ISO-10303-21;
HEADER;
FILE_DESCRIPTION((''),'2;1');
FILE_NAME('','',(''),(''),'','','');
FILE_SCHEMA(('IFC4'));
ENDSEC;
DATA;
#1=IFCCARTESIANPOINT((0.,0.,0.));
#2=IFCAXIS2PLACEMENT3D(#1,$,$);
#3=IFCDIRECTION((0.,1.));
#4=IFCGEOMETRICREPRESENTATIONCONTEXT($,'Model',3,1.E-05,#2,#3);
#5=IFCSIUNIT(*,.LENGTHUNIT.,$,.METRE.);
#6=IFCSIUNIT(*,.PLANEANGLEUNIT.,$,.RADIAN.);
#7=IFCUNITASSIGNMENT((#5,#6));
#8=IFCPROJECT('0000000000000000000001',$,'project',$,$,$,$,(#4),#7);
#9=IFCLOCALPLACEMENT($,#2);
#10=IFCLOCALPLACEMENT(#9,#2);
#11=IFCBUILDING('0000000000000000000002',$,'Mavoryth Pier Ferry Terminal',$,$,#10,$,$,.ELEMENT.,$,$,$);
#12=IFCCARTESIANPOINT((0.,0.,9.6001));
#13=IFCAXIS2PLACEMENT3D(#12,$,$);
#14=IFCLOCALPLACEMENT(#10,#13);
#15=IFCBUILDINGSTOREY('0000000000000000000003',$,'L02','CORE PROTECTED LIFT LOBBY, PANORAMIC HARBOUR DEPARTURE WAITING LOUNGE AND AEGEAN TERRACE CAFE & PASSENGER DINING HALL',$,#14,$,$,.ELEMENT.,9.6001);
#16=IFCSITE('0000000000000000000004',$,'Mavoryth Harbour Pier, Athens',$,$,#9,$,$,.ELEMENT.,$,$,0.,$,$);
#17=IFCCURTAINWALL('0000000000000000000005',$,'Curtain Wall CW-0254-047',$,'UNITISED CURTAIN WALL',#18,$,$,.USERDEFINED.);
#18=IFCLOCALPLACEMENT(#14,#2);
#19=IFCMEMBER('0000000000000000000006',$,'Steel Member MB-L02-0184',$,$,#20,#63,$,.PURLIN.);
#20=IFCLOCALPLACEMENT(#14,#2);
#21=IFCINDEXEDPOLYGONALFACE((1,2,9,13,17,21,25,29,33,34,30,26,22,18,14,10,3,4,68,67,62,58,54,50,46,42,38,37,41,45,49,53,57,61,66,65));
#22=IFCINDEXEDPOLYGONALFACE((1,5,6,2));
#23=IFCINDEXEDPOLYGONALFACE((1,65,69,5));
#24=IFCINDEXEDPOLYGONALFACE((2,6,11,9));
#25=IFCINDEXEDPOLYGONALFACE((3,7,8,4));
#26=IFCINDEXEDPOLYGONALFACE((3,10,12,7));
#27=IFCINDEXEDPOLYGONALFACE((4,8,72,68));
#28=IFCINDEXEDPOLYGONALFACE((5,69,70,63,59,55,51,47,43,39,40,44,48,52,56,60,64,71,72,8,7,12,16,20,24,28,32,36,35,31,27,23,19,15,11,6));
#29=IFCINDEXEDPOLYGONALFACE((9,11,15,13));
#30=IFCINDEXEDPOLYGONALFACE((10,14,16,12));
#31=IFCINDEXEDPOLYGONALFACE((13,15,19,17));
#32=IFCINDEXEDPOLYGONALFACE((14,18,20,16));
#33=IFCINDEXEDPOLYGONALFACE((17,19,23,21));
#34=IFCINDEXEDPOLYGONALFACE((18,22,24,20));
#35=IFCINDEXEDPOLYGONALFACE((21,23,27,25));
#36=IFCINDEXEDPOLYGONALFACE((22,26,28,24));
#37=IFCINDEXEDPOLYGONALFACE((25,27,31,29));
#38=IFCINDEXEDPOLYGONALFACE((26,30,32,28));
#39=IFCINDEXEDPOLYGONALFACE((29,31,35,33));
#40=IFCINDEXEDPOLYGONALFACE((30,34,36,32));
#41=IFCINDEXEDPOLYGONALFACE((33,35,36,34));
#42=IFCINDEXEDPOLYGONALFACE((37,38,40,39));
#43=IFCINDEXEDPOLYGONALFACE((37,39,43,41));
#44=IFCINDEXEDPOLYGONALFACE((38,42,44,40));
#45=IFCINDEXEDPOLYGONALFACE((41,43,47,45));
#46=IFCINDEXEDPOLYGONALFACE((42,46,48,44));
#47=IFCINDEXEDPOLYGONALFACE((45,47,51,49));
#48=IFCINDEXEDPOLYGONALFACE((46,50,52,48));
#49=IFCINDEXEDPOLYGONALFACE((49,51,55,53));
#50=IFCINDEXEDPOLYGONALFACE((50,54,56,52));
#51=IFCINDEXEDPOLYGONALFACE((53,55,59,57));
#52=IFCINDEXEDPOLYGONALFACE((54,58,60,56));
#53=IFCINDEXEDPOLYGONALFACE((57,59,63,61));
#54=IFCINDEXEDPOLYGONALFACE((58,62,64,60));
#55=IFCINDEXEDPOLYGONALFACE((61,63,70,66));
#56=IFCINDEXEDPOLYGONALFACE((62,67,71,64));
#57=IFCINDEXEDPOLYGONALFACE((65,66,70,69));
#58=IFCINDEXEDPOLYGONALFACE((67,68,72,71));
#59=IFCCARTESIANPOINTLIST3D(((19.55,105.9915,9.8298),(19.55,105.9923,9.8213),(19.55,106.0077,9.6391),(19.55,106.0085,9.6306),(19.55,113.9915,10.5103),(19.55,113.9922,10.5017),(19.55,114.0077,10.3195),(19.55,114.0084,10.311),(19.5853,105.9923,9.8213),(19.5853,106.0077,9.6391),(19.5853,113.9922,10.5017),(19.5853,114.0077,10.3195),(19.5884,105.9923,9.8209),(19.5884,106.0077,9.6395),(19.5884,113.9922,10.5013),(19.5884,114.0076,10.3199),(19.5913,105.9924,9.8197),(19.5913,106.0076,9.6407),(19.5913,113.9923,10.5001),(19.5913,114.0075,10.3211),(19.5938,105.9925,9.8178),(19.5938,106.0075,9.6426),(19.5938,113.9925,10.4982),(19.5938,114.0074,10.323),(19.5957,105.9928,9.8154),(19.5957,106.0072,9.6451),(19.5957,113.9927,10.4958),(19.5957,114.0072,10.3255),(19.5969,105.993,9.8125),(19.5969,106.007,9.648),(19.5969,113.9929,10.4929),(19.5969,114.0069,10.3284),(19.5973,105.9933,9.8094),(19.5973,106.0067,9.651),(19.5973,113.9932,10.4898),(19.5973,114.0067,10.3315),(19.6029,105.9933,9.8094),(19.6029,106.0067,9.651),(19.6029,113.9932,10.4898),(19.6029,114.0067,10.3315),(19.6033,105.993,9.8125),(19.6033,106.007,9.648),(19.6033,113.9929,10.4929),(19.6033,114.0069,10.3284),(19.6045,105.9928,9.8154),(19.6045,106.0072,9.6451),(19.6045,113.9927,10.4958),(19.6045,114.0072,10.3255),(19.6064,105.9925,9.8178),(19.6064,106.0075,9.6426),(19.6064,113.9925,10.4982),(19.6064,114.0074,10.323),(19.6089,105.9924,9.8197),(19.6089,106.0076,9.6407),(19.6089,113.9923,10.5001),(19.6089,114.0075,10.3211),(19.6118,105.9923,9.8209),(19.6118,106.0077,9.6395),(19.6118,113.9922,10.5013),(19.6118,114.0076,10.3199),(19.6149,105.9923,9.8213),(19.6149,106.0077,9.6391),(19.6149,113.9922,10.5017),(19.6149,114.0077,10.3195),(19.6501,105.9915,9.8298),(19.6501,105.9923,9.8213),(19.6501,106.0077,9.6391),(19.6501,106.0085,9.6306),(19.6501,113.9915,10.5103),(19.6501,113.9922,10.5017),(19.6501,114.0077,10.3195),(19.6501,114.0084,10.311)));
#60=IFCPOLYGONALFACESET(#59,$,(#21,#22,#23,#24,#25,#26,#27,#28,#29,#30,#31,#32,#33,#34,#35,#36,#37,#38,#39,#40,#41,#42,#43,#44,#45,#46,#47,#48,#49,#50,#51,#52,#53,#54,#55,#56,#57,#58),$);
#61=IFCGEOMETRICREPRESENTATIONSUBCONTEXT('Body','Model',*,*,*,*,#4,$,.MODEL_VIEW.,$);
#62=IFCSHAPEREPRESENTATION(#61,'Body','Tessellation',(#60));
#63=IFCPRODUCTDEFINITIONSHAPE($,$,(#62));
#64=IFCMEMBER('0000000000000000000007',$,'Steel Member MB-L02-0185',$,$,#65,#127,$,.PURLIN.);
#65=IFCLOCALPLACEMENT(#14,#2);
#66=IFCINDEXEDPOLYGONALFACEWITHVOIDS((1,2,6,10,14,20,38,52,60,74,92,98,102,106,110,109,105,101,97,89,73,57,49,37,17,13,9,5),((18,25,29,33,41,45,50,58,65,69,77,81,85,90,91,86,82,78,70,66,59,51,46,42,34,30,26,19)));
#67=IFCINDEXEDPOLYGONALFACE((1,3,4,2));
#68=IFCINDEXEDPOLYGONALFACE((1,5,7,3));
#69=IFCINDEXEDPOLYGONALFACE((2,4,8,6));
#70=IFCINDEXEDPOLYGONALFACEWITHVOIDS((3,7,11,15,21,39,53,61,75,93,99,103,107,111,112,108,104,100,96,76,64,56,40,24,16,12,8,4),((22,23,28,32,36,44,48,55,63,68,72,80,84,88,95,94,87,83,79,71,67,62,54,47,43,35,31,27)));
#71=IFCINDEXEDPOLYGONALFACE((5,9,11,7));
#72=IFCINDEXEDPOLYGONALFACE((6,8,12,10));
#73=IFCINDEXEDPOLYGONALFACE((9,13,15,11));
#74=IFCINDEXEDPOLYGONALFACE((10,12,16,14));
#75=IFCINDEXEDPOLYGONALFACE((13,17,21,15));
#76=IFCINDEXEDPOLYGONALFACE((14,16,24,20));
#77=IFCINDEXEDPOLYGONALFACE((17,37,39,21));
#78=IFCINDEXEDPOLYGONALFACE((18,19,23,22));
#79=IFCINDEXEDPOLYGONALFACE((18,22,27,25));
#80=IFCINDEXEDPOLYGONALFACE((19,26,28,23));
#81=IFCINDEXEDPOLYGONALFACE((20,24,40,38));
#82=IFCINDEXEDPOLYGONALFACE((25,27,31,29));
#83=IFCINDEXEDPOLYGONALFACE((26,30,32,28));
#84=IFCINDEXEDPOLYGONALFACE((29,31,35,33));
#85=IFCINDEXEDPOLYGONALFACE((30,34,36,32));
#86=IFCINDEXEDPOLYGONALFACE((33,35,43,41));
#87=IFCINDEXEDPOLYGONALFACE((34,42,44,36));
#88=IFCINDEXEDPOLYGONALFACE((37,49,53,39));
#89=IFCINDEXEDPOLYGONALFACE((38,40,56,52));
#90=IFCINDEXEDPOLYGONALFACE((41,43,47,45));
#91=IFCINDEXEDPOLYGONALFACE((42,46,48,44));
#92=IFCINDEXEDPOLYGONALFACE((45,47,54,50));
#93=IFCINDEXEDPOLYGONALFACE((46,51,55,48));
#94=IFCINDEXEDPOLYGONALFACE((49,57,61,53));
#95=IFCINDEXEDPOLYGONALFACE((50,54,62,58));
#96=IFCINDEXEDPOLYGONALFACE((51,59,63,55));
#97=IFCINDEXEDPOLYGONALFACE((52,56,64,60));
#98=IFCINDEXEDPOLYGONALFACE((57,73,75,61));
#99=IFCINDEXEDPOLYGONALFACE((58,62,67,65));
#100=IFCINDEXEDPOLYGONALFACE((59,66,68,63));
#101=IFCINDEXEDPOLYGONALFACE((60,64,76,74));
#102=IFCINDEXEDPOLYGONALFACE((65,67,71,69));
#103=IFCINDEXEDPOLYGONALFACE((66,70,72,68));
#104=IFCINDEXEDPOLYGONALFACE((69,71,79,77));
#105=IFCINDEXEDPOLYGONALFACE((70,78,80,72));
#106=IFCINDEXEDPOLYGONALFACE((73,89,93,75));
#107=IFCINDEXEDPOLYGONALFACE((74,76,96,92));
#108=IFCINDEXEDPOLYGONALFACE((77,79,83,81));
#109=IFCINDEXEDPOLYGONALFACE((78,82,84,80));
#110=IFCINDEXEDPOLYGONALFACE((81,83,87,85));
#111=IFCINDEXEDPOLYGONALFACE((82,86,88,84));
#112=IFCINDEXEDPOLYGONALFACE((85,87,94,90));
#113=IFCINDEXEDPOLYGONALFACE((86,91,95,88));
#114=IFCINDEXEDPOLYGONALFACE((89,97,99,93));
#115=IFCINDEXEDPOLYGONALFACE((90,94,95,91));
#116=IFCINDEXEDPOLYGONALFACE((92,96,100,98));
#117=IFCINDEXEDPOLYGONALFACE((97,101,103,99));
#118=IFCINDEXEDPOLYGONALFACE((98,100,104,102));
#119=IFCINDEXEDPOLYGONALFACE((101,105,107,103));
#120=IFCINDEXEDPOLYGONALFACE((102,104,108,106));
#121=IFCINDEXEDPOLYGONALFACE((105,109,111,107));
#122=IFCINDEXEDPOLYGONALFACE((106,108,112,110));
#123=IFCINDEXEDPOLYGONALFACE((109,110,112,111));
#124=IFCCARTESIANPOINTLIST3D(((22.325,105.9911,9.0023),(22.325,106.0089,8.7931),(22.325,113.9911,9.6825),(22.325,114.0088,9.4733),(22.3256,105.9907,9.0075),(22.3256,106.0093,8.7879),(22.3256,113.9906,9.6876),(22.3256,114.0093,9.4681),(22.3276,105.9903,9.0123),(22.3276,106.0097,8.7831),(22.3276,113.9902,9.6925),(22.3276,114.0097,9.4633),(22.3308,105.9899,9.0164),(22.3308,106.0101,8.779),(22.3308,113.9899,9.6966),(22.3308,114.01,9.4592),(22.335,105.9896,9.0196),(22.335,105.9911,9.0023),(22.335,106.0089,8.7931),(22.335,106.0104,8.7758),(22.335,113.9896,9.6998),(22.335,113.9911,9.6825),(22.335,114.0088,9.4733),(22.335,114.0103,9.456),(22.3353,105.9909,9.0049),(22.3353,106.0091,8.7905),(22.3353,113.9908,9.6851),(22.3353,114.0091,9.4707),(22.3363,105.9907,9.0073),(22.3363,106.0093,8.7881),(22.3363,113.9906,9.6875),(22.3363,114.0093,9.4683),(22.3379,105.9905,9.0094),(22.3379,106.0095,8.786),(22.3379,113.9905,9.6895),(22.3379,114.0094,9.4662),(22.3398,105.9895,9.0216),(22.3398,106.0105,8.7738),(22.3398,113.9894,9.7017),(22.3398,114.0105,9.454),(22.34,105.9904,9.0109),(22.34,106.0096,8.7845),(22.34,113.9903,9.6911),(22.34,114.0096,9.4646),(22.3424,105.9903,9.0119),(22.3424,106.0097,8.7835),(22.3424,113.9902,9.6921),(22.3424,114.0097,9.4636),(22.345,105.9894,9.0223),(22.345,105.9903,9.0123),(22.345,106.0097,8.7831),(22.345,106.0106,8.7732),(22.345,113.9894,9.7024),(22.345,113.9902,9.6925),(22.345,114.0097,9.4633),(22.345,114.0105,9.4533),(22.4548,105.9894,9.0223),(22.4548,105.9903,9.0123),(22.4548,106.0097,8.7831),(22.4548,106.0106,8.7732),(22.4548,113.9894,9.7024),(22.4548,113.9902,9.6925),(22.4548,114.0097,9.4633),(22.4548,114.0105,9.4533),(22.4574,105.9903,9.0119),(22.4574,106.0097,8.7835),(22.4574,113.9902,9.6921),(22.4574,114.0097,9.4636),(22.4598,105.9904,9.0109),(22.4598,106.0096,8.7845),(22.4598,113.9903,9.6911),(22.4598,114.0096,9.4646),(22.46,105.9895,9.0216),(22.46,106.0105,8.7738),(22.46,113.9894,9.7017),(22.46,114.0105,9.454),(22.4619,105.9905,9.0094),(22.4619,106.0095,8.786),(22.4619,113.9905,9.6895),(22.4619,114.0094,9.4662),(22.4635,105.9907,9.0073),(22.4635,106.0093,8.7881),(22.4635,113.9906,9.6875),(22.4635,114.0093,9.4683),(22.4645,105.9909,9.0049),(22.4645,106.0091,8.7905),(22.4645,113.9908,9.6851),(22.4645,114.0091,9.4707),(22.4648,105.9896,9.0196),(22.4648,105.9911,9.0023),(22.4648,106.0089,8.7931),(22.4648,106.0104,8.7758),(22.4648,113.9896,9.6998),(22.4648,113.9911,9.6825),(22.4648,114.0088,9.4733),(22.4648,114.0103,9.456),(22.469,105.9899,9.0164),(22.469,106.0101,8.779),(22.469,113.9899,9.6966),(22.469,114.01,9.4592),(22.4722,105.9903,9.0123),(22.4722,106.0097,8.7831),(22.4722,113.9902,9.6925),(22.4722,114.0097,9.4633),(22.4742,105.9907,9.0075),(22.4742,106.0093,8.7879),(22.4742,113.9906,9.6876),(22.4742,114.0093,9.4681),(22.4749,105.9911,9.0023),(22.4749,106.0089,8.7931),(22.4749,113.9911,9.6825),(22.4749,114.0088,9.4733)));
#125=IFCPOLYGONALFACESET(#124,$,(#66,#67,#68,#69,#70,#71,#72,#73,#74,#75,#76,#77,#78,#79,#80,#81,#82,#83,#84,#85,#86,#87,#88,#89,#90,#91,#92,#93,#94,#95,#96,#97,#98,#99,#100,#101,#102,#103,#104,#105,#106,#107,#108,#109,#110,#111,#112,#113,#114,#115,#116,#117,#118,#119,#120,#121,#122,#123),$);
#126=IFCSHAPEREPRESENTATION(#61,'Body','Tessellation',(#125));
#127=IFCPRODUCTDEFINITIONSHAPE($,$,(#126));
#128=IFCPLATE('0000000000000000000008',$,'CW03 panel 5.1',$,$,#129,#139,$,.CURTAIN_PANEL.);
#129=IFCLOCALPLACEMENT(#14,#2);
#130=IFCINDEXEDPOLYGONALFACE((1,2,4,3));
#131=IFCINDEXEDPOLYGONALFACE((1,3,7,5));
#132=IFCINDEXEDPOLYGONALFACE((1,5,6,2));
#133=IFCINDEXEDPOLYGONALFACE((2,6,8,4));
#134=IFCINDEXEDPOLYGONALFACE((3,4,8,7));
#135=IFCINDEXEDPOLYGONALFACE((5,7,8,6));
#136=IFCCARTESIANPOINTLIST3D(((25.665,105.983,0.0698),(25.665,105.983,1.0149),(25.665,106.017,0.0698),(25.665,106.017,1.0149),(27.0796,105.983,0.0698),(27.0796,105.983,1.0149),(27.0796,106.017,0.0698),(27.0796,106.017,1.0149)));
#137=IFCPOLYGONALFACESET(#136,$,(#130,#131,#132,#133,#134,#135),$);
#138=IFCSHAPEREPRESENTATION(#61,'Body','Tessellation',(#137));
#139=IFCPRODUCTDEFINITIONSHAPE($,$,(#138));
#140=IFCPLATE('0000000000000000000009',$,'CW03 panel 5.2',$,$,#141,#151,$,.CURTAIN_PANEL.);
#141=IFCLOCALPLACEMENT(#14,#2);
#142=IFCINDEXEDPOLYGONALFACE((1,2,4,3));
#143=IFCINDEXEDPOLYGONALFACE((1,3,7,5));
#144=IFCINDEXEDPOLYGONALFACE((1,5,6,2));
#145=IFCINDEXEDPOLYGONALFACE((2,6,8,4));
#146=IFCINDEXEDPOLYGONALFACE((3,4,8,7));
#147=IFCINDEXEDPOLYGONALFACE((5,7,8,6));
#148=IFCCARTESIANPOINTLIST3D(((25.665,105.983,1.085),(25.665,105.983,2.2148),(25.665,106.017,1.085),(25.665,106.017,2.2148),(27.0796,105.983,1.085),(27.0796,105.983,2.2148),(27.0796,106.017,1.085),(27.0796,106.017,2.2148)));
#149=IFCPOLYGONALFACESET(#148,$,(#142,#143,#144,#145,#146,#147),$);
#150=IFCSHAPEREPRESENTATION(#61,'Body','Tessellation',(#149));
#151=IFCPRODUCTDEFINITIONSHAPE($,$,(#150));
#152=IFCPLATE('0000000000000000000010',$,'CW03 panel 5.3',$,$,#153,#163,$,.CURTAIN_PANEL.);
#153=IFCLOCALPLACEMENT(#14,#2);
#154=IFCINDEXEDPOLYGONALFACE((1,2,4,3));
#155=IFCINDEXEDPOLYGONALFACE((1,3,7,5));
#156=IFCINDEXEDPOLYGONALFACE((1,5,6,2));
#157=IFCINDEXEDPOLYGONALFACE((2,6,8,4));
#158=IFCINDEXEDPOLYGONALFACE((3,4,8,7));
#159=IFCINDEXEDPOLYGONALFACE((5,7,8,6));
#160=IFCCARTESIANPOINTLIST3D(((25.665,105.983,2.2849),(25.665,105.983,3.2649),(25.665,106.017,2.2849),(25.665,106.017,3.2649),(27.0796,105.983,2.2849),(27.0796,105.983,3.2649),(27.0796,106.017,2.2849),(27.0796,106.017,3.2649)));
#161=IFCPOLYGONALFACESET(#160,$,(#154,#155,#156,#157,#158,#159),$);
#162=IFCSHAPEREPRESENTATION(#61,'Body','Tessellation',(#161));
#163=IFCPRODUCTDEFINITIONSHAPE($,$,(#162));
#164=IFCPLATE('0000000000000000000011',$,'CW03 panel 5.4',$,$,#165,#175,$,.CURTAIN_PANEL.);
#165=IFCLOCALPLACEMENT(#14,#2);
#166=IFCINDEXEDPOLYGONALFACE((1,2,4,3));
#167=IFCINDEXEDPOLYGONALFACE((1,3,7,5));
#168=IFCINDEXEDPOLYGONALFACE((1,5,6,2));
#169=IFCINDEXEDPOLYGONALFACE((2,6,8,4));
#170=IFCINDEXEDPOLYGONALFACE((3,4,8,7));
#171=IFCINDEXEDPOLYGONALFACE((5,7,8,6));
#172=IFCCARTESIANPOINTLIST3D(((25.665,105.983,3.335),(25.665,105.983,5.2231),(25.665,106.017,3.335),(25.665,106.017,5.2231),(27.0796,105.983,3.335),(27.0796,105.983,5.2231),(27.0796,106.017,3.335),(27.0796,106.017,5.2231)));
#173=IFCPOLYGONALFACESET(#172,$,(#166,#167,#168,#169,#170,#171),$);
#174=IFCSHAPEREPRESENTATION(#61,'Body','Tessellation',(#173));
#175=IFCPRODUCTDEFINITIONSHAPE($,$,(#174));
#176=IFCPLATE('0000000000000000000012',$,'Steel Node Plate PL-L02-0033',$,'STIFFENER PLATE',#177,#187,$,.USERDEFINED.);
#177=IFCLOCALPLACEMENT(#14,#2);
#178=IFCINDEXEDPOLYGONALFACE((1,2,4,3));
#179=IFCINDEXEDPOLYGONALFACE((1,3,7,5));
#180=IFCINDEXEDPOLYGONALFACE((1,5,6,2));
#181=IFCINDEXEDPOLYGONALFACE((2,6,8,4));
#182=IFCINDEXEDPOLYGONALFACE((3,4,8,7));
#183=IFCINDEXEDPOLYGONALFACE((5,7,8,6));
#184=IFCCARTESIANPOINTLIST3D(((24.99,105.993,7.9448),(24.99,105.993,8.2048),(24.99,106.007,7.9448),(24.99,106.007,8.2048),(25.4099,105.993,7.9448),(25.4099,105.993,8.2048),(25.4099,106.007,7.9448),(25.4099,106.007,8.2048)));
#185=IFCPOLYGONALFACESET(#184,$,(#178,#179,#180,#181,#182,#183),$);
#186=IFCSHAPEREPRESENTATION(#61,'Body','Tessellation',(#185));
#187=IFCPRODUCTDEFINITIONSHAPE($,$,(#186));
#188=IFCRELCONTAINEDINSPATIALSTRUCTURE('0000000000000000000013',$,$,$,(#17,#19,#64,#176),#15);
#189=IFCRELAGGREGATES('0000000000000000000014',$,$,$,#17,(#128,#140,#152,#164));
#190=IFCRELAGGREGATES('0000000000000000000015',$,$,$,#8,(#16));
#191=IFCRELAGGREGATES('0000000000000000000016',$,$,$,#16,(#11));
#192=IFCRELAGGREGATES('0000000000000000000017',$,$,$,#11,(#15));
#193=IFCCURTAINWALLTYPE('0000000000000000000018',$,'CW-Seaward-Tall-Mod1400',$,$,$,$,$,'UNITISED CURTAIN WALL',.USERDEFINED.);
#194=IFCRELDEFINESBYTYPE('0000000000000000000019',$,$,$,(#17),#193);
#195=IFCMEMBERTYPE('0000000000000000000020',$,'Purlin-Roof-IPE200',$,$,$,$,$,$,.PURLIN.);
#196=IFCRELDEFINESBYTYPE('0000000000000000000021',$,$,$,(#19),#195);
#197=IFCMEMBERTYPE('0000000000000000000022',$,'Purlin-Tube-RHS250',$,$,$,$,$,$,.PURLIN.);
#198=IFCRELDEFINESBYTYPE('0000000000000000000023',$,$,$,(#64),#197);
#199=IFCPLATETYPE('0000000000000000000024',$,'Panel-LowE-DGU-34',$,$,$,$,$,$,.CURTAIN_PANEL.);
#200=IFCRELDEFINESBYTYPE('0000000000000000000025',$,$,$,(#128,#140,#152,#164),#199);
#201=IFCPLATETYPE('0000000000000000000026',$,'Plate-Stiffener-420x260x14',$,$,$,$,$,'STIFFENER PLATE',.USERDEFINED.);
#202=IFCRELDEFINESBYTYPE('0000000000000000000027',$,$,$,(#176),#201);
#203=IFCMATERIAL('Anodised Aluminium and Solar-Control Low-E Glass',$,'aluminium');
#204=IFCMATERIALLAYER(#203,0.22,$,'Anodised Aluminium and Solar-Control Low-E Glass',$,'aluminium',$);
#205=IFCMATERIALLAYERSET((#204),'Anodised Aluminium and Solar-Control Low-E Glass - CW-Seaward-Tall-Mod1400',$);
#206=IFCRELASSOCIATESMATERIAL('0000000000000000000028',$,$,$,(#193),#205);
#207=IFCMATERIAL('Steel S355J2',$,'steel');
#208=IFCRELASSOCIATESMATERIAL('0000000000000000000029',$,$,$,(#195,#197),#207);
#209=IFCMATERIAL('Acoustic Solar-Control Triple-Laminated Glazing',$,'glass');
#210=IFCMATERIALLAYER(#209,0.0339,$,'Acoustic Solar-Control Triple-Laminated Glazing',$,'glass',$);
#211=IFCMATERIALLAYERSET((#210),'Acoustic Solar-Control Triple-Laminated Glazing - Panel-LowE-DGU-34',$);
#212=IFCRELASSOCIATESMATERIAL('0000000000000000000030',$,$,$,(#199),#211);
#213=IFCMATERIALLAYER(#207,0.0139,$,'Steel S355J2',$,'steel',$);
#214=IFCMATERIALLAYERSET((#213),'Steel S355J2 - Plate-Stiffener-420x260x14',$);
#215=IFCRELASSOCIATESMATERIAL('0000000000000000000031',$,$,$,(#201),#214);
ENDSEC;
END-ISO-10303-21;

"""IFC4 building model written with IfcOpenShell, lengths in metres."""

from ifc_helpers import new_model, si_unit, direction, frame, origin, origin_2d, place, context, subcontext, project, spatial, rectangle, hollow_rectangle, i_section, extrude, material, layer, layer_set, material_profile, profile_set, type_object, element, aggregate, save


model = new_model("IFC4")

# Units and contexts
model_context = context("Model", 3, precision=1e-05, world=origin(), true_north=direction((0.0, 1.0)))
body_context = subcontext(model_context, "Body", "Model", "MODEL_VIEW")
ifc_project = project(units=[si_unit("LENGTHUNIT", "METRE"), si_unit("PLANEANGLEUNIT", "RADIAN")], contexts=[model_context])

# Site, building, storey
site_placement = place(None, origin())
site = spatial("IfcSite", under=ifc_project, at=site_placement, Name="Mavoryth Harbour Pier, Athens", CompositionType="ELEMENT", RefElevation=0.0)
building_placement = place(site_placement, origin())
building = spatial("IfcBuilding", under=site, at=building_placement, Name="Mavoryth Pier Ferry Terminal", CompositionType="ELEMENT")
storey_placement = place(building_placement, frame((0.0, 0.0, 9.6001)))
storey = spatial("IfcBuildingStorey", under=building, at=storey_placement, Name="L02", Description="CORE PROTECTED LIFT LOBBY, PANORAMIC HARBOUR DEPARTURE WAITING LOUNGE AND AEGEAN TERRACE CAFE & PASSENGER DINING HALL", CompositionType="ELEMENT", Elevation=9.6001)

# Shared definitions
ifc_material_1 = material(Name="Steel S355J2", Category="steel")

# Curtain wall
ifc_material_2 = material(Name="Anodised Aluminium and Solar-Control Low-E Glass", Category="aluminium")
ifc_layer_1 = layer(ifc_material_2, 0.22, Name="Anodised Aluminium and Solar-Control Low-E Glass", Category="aluminium")
ifc_layer_set_1 = layer_set([ifc_layer_1], Name="Anodised Aluminium and Solar-Control Low-E Glass - CW-Seaward-Tall-Mod1400")
curtain_wall_type = type_object("IfcCurtainWallType", Name="CW-Seaward-Tall-Mod1400", ElementType="UNITISED CURTAIN WALL", PredefinedType="USERDEFINED", material=ifc_layer_set_1)
curtain_wall_placement = place(storey_placement, origin())
curtain_wall = element("IfcCurtainWall", 1, at=curtain_wall_placement, inside=storey, type_object=curtain_wall_type, Name="Curtain Wall CW-0254-047", ObjectType="UNITISED CURTAIN WALL", PredefinedType="USERDEFINED")

# Members
ifc_material_profile_1 = material_profile(ifc_material_1, i_section(OverallWidth=0.1001, OverallDepth=0.2, WebThickness=0.0056, FlangeThickness=0.0085, FilletRadius=0.012, at=origin_2d()), Name="IPE 200", Category="steel")
ifc_profile_set_1 = profile_set([ifc_material_profile_1], Name="Steel S355J2 - IPE 200")
member_type_1 = type_object("IfcMemberType", Name="Purlin-Roof-IPE200", PredefinedType="PURLIN", material=ifc_profile_set_1)
member_1_placement = place(storey_placement, frame((19.6001, 106.0, 9.7302), z_axis=(0.0, 0.996403, 0.084747), x_axis=(-1.0, 0.0, 0.0)))
element("IfcMember", 2, at=member_1_placement, inside=storey, type_object=member_type_1, Name="Steel Member MB-L02-0184", PredefinedType="PURLIN", context=body_context, shape_type="SweptSolid", body=[
    extrude(i_section(OverallWidth=0.1001, OverallDepth=0.2, WebThickness=0.0056, FlangeThickness=0.0085, FilletRadius=0.012, at=origin_2d()), origin(), (0.0, 0.0, 1.0), 8.0288),
])
ifc_material_profile_2 = material_profile(ifc_material_1, hollow_rectangle(XDim=0.1499, YDim=0.25, WallThickness=0.01, InnerFilletRadius=0.01, OuterFilletRadius=0.02, at=origin_2d()), Name="RHS 250x150x10.0", Category="steel")
ifc_profile_set_2 = profile_set([ifc_material_profile_2], Name="Steel S355J2 - RHS 250x150x10.0")
member_type_2 = type_object("IfcMemberType", Name="Purlin-Tube-RHS250", PredefinedType="PURLIN", material=ifc_profile_set_2)
member_2_placement = place(storey_placement, frame((22.3999, 106.0, 8.8977), z_axis=(0.0, 0.996405, 0.084716), x_axis=(-1.0, 0.0, 0.0)))
element("IfcMember", 3, at=member_2_placement, inside=storey, type_object=member_type_2, Name="Steel Member MB-L02-0185", PredefinedType="PURLIN", context=body_context, shape_type="SweptSolid", body=[
    extrude(hollow_rectangle(XDim=0.1499, YDim=0.25, WallThickness=0.01, InnerFilletRadius=0.01, OuterFilletRadius=0.02, at=origin_2d()), origin(), (0.0, 0.0, 1.0), 8.0288),
])

# Plates
ifc_material_3 = material(Name="Acoustic Solar-Control Triple-Laminated Glazing", Category="glass")
ifc_layer_2 = layer(ifc_material_3, 0.0339, Name="Acoustic Solar-Control Triple-Laminated Glazing", Category="glass")
ifc_layer_set_2 = layer_set([ifc_layer_2], Name="Acoustic Solar-Control Triple-Laminated Glazing - Panel-LowE-DGU-34")
plate_type_1 = type_object("IfcPlateType", Name="Panel-LowE-DGU-34", PredefinedType="CURTAIN_PANEL", material=ifc_layer_set_2)
plate_1_placement = place(storey_placement, frame((26.3723, 106.0, 0.0698), z_axis=(0.0, 0.0, 1.0), x_axis=(-1.0, 0.0, 0.0)))
plate_1 = element("IfcPlate", 4, at=plate_1_placement, type_object=plate_type_1, Name="CW03 panel 5.1", PredefinedType="CURTAIN_PANEL", context=body_context, shape_type="SweptSolid", body=[
    extrude(rectangle(XDim=1.4146, YDim=0.0339, at=origin_2d()), origin(), (0.0, 0.0, 1.0), 0.9451),
])
plate_2_placement = place(storey_placement, frame((26.3723, 106.0, 1.085), z_axis=(0.0, 0.0, 1.0), x_axis=(-1.0, 0.0, 0.0)))
plate_2 = element("IfcPlate", 5, at=plate_2_placement, type_object=plate_type_1, Name="CW03 panel 5.2", PredefinedType="CURTAIN_PANEL", context=body_context, shape_type="SweptSolid", body=[
    extrude(rectangle(XDim=1.4146, YDim=0.0339, at=origin_2d()), origin(), (0.0, 0.0, 1.0), 1.1299),
])
plate_3_placement = place(storey_placement, frame((26.3723, 106.0, 2.2849), z_axis=(0.0, 0.0, 1.0), x_axis=(-1.0, 0.0, 0.0)))
plate_3 = element("IfcPlate", 6, at=plate_3_placement, type_object=plate_type_1, Name="CW03 panel 5.3", PredefinedType="CURTAIN_PANEL", context=body_context, shape_type="SweptSolid", body=[
    extrude(rectangle(XDim=1.4146, YDim=0.0339, at=origin_2d()), origin(), (0.0, 0.0, 1.0), 0.98),
])
plate_4_placement = place(storey_placement, frame((26.3723, 106.0, 3.335), z_axis=(0.0, 0.0, 1.0), x_axis=(-1.0, 0.0, 0.0)))
plate_4 = element("IfcPlate", 7, at=plate_4_placement, type_object=plate_type_1, Name="CW03 panel 5.4", PredefinedType="CURTAIN_PANEL", context=body_context, shape_type="SweptSolid", body=[
    extrude(rectangle(XDim=1.4146, YDim=0.0339, at=origin_2d()), origin(), (0.0, 0.0, 1.0), 1.8882),
])
aggregate(curtain_wall, [plate_1, plate_2, plate_3, plate_4])
ifc_layer_3 = layer(ifc_material_1, 0.0139, Name="Steel S355J2", Category="steel")
ifc_layer_set_3 = layer_set([ifc_layer_3], Name="Steel S355J2 - Plate-Stiffener-420x260x14")
plate_type_2 = type_object("IfcPlateType", Name="Plate-Stiffener-420x260x14", ElementType="STIFFENER PLATE", PredefinedType="USERDEFINED", material=ifc_layer_set_3)
plate_5_placement = place(storey_placement, frame((25.2, 106.0, 7.9448), z_axis=(0.0, 0.0, 1.0), x_axis=(1.0, 0.0, 0.0)))
element("IfcPlate", 8, at=plate_5_placement, inside=storey, type_object=plate_type_2, Name="Steel Node Plate PL-L02-0033", ObjectType="STIFFENER PLATE", PredefinedType="USERDEFINED", context=body_context, shape_type="SweptSolid", body=[
    extrude(rectangle(XDim=0.4199, YDim=0.0139, at=origin_2d()), origin(), (0.0, 0.0, 1.0), 0.26),
])

save(model, "model.ifc")
